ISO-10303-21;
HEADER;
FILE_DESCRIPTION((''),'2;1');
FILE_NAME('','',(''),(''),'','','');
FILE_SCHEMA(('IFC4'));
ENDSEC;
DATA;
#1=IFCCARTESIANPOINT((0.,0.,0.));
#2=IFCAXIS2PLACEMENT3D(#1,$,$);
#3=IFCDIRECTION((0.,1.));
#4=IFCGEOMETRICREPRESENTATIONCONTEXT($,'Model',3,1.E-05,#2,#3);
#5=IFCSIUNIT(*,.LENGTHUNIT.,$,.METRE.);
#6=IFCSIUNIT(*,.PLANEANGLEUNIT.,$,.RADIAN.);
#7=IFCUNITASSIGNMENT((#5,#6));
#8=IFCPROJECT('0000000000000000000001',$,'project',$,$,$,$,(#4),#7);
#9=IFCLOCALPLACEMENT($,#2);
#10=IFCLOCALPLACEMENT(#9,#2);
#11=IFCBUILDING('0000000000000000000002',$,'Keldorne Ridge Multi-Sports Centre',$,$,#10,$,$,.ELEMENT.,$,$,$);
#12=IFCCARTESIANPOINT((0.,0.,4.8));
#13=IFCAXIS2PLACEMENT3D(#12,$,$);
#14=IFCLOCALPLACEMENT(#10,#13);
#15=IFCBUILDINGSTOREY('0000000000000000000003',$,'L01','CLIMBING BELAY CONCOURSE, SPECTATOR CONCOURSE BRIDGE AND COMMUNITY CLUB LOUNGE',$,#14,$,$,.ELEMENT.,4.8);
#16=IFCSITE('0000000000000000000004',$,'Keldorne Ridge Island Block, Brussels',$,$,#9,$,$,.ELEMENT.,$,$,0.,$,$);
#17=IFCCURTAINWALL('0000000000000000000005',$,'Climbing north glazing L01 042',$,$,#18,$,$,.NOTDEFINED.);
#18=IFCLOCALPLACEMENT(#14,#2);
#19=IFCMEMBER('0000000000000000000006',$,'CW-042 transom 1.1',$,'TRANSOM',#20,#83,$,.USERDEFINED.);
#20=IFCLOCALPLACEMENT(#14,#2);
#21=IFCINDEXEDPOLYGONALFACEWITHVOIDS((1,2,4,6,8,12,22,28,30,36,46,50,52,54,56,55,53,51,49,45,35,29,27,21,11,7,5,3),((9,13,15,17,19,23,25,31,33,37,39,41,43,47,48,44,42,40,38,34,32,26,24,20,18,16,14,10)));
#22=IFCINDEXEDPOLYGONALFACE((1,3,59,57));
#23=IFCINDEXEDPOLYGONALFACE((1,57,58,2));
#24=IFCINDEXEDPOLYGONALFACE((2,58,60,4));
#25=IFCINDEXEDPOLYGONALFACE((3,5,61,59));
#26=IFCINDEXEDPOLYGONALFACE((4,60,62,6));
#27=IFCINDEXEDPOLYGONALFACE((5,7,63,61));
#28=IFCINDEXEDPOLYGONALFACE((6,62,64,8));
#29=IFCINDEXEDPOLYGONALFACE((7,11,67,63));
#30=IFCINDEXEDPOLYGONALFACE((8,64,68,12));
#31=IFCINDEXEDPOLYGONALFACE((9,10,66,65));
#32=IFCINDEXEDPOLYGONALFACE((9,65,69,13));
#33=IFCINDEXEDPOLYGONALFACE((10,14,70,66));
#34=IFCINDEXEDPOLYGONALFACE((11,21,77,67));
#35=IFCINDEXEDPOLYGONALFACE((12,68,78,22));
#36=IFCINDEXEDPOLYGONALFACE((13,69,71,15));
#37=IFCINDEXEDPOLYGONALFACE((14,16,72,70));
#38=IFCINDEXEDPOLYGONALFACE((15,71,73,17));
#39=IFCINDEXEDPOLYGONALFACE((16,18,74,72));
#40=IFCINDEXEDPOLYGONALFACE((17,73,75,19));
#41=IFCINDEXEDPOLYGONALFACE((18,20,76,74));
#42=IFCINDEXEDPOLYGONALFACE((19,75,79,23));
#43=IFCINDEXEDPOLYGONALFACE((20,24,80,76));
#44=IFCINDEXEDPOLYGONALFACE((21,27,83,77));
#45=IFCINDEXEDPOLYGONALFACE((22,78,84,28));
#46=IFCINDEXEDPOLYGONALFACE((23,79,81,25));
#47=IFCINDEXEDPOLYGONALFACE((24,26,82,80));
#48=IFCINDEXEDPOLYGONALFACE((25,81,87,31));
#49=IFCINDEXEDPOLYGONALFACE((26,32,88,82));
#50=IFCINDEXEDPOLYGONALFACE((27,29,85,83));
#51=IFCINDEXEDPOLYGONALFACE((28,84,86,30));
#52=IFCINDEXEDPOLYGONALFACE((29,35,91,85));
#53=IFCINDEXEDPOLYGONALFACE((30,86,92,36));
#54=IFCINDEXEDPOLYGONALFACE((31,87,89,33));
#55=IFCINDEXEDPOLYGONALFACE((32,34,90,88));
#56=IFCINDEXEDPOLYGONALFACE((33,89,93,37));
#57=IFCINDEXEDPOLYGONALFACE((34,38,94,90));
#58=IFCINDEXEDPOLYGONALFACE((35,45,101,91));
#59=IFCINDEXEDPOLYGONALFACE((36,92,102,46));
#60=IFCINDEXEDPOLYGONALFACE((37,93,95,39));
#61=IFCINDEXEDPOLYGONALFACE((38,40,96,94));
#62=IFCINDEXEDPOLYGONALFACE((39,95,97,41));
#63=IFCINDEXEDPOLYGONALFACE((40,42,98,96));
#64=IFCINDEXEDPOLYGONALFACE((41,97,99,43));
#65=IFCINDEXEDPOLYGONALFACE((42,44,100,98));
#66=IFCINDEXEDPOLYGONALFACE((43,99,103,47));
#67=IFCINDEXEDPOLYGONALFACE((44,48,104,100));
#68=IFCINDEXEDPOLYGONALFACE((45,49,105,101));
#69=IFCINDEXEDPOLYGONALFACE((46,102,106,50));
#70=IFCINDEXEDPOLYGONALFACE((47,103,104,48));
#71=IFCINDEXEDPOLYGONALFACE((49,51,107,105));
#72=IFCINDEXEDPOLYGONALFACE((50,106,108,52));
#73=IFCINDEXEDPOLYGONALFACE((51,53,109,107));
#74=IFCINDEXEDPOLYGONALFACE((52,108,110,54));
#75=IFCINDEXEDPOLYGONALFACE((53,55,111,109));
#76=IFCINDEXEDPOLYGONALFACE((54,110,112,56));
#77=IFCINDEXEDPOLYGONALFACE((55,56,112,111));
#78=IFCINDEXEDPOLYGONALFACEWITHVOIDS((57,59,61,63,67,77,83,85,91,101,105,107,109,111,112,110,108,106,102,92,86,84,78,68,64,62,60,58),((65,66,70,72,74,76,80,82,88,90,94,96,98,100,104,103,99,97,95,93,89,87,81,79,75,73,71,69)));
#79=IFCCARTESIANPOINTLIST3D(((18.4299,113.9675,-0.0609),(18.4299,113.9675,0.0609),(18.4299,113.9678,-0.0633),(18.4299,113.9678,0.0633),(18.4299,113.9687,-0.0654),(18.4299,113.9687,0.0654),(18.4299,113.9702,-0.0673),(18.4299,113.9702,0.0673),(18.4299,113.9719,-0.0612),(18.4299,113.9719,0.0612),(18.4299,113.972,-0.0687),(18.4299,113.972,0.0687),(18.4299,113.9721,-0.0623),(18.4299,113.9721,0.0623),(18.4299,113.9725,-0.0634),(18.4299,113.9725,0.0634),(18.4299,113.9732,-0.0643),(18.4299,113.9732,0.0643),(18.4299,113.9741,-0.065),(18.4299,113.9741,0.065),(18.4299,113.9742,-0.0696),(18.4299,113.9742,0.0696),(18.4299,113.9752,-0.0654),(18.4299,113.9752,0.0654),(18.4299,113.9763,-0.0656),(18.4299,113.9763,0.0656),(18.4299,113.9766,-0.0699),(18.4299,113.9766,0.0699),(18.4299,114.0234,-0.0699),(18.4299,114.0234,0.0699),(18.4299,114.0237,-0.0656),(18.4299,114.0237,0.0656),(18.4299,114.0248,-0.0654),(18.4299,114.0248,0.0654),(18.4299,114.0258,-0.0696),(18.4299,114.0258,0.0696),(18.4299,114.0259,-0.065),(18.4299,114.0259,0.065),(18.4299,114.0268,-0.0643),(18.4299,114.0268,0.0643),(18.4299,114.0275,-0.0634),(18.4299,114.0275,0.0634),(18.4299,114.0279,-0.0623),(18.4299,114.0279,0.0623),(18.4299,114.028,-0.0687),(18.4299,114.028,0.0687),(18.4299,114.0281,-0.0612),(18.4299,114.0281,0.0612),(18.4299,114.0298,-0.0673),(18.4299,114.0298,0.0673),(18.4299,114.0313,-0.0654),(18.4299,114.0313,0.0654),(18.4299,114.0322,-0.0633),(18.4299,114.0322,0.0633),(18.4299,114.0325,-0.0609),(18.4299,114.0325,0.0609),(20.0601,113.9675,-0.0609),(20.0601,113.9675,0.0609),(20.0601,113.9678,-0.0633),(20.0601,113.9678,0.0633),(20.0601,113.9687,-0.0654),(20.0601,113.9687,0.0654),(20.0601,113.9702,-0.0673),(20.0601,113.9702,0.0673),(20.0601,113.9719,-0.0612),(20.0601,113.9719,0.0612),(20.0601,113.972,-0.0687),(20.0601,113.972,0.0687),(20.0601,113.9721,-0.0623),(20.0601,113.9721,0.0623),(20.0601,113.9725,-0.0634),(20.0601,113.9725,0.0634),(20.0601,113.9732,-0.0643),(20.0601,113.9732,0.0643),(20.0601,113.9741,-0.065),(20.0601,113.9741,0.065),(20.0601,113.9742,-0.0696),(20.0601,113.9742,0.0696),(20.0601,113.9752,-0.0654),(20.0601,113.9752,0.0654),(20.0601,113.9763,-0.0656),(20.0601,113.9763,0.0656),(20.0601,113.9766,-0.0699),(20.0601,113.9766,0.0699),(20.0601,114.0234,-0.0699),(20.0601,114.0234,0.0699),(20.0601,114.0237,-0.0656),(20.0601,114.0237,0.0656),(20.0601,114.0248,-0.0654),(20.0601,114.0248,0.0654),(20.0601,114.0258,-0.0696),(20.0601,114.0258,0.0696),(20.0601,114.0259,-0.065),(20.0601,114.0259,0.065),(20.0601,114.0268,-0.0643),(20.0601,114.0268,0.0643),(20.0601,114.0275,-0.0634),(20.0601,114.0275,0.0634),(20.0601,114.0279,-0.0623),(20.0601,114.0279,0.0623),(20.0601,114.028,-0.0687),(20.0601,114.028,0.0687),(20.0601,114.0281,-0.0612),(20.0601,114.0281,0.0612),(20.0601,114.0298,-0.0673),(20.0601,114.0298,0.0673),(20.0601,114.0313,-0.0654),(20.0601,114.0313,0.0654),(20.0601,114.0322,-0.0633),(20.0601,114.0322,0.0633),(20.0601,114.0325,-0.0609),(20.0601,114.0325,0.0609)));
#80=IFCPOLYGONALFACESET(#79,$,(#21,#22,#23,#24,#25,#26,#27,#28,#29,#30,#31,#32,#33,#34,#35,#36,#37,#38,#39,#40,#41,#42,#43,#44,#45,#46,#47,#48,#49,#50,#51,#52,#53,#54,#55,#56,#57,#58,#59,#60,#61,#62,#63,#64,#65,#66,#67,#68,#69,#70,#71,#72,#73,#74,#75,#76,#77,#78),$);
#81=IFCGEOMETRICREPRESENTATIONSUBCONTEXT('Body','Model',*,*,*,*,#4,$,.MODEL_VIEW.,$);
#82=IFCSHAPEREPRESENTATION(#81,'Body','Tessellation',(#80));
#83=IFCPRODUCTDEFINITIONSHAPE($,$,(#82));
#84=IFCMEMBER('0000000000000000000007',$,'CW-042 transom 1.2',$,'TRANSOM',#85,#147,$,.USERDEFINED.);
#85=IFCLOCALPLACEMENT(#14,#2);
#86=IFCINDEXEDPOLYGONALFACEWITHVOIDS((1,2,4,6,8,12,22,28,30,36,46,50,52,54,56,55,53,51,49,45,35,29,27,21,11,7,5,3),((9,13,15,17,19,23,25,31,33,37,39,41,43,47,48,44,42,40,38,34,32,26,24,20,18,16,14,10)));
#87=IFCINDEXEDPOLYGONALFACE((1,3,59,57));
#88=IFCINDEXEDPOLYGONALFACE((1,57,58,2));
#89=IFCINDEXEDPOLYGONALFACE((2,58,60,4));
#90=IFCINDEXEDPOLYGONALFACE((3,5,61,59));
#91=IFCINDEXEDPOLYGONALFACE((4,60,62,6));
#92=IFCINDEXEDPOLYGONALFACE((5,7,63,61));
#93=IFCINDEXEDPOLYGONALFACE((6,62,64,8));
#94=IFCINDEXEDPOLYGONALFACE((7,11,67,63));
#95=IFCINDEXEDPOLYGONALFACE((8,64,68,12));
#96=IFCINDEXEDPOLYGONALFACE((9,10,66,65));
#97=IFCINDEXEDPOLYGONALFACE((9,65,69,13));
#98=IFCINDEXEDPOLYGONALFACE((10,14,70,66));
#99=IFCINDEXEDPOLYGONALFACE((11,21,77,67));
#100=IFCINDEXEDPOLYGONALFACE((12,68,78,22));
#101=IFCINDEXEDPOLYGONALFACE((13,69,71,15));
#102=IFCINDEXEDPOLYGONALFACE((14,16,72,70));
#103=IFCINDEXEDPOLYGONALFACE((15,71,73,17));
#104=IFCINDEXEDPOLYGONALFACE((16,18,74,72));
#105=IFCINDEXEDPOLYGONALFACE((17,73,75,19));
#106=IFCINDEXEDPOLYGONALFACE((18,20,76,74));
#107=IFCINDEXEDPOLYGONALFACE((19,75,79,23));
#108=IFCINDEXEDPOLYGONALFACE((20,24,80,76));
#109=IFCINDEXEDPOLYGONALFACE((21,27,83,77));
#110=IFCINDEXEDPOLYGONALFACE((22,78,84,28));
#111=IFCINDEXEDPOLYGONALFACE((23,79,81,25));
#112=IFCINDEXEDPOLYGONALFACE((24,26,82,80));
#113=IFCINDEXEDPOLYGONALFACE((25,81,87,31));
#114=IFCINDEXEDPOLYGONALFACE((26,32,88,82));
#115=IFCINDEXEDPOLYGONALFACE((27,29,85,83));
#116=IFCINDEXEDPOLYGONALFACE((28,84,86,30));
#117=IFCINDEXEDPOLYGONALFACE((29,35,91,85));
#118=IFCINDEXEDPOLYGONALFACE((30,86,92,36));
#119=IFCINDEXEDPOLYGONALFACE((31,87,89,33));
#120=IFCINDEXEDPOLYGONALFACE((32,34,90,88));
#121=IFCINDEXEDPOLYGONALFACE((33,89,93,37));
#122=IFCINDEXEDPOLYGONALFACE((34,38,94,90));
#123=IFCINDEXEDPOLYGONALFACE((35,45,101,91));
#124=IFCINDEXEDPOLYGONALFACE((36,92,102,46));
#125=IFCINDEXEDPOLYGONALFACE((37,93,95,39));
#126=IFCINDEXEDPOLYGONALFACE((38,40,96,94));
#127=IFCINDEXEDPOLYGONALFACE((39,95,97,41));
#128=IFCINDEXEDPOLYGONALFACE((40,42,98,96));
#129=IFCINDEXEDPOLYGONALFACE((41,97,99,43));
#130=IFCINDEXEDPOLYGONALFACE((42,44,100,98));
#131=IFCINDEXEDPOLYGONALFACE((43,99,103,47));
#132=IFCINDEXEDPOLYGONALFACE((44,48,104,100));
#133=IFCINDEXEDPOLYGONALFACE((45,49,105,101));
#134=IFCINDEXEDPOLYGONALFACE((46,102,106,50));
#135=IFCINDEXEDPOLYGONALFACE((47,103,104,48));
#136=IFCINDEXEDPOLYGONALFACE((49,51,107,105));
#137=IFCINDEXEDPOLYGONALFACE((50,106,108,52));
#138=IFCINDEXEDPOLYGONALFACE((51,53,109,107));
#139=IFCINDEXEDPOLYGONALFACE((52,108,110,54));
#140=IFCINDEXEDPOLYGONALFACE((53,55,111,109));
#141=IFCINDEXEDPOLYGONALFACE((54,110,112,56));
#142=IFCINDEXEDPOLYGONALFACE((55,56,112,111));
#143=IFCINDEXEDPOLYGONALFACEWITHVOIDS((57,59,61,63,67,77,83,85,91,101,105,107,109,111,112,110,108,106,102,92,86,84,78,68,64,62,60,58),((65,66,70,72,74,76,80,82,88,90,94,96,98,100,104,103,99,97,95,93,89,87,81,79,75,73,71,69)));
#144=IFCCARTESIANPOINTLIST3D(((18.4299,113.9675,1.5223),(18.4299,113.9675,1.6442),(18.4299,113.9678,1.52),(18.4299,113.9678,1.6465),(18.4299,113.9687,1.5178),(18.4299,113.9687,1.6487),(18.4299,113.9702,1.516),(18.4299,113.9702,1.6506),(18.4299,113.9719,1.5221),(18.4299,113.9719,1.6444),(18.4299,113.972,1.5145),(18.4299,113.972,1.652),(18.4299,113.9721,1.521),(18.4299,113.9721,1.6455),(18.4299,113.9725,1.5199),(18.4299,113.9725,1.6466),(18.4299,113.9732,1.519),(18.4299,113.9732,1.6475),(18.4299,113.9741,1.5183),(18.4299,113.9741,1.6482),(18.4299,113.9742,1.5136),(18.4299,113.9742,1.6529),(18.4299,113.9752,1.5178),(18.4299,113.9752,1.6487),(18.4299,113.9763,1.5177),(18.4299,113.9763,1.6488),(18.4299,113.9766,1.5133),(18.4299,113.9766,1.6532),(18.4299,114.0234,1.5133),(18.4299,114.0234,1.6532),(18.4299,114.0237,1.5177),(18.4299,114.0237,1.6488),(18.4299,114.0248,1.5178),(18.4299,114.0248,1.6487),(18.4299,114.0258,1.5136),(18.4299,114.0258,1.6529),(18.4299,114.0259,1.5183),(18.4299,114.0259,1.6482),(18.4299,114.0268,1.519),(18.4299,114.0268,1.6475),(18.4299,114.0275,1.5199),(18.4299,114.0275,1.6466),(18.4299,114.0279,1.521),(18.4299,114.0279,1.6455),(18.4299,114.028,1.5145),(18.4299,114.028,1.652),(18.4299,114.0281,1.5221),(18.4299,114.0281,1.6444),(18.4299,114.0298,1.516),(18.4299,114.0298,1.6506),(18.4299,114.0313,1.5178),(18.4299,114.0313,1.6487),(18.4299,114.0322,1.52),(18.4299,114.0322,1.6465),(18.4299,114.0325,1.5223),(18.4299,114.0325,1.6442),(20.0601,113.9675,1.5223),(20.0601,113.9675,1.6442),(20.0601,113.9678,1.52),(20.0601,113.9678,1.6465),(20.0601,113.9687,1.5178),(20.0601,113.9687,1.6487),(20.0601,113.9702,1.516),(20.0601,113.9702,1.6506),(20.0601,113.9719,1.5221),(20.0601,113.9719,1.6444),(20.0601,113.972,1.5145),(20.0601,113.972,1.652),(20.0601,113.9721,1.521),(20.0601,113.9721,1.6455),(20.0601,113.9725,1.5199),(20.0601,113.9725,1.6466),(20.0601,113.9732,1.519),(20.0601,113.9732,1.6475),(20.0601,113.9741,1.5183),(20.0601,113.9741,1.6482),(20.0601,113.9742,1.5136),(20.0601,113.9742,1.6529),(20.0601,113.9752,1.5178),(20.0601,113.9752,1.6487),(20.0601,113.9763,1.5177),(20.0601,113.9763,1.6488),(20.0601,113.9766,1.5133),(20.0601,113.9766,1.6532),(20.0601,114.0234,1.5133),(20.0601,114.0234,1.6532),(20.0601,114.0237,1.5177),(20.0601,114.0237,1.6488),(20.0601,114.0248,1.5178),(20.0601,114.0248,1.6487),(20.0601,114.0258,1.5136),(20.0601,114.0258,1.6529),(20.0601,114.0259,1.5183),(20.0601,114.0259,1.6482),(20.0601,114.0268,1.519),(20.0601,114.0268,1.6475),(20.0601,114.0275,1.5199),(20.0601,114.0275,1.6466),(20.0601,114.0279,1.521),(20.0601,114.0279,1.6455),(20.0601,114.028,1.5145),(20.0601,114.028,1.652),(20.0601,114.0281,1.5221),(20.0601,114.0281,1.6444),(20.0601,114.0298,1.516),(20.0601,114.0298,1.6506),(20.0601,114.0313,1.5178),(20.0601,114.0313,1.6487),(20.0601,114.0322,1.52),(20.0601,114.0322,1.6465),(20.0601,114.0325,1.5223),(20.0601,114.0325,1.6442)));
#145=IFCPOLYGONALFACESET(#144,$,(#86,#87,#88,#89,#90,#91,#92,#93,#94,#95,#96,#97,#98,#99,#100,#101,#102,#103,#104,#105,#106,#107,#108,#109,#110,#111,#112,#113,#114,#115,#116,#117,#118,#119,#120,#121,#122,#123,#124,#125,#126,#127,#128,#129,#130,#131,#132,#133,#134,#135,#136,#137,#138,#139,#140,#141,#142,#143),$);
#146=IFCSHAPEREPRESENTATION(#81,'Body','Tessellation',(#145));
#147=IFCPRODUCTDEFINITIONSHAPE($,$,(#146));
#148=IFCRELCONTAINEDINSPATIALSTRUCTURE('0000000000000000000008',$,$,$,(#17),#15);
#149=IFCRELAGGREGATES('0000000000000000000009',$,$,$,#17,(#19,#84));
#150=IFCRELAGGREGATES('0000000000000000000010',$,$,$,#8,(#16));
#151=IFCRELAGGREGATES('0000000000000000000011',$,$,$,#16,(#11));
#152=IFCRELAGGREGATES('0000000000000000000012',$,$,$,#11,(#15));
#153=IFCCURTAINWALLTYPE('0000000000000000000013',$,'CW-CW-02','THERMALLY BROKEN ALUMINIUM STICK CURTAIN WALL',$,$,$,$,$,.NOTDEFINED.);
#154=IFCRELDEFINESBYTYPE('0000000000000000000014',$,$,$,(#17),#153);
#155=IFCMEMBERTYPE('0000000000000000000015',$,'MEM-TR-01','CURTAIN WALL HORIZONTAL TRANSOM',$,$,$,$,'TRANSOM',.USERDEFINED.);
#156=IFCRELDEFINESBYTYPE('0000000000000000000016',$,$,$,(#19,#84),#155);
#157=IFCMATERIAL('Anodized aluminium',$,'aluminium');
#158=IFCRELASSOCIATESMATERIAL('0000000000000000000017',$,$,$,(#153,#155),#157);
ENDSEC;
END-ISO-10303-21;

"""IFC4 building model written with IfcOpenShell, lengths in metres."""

from ifc_helpers import new_model, si_unit, direction, frame, origin, origin_2d, place, context, subcontext, project, spatial, hollow_rectangle, extrude, material, material_profile, profile_set, type_object, element, aggregate, save


model = new_model("IFC4")

# Units and contexts
model_context = context("Model", 3, precision=1e-05, world=origin(), true_north=direction((0.0, 1.0)))
body_context = subcontext(model_context, "Body", "Model", "MODEL_VIEW")
ifc_project = project(units=[si_unit("LENGTHUNIT", "METRE"), si_unit("PLANEANGLEUNIT", "RADIAN")], contexts=[model_context])

# Site, building, storey
site_placement = place(None, origin())
site = spatial("IfcSite", under=ifc_project, at=site_placement, Name="Keldorne Ridge Island Block, Brussels", CompositionType="ELEMENT", RefElevation=0.0)
building_placement = place(site_placement, origin())
building = spatial("IfcBuilding", under=site, at=building_placement, Name="Keldorne Ridge Multi-Sports Centre", CompositionType="ELEMENT")
storey_placement = place(building_placement, frame((0.0, 0.0, 4.8)))
storey = spatial("IfcBuildingStorey", under=building, at=storey_placement, Name="L01", Description="CLIMBING BELAY CONCOURSE, SPECTATOR CONCOURSE BRIDGE AND COMMUNITY CLUB LOUNGE", CompositionType="ELEMENT", Elevation=4.8)

# Curtain wall
ifc_material_1 = material(Name="Anodized aluminium", Category="aluminium")
curtain_wall_type_1 = type_object("IfcCurtainWallType", Name="CW-CW-02", Description="THERMALLY BROKEN ALUMINIUM STICK CURTAIN WALL", PredefinedType="NOTDEFINED", material=ifc_material_1)
curtain_wall_1_placement = place(storey_placement, origin())
curtain_wall_1 = element("IfcCurtainWall", 1, at=curtain_wall_1_placement, inside=storey, type_object=curtain_wall_type_1, Name="Climbing north glazing L01 042", PredefinedType="NOTDEFINED")

# Members
ifc_material_profile_1 = material_profile(ifc_material_1, hollow_rectangle(XDim=0.0649, YDim=0.1399, WallThickness=0.0044, InnerFilletRadius=0.0044, OuterFilletRadius=0.009, at=origin_2d()), Name="ALU TRANSOM 140x65x4.5")
ifc_profile_set_1 = profile_set([ifc_material_profile_1], Name="Anodized aluminium")
member_type_1 = type_object("IfcMemberType", Name="MEM-TR-01", Description="CURTAIN WALL HORIZONTAL TRANSOM", ElementType="TRANSOM", PredefinedType="USERDEFINED", material=ifc_profile_set_1)
member_1_placement = place(storey_placement, frame((20.0601, 114.0, 0.0), z_axis=(-1.0, 0.0, 0.0), x_axis=(0.0, -1.0, 0.0)))
member_1 = element("IfcMember", 2, at=member_1_placement, type_object=member_type_1, Name="CW-042 transom 1.1", ObjectType="TRANSOM", PredefinedType="USERDEFINED", context=body_context, shape_type="SweptSolid", body=[
    extrude(hollow_rectangle(XDim=0.0649, YDim=0.1399, WallThickness=0.0044, InnerFilletRadius=0.0044, OuterFilletRadius=0.009, at=origin_2d()), origin(), (0.0, 0.0, 1.0), 1.6301),
])
member_2_placement = place(storey_placement, frame((20.0601, 114.0, 1.5833), z_axis=(-1.0, 0.0, 0.0), x_axis=(0.0, -1.0, 0.0)))
member_2 = element("IfcMember", 3, at=member_2_placement, type_object=member_type_1, Name="CW-042 transom 1.2", ObjectType="TRANSOM", PredefinedType="USERDEFINED", context=body_context, shape_type="SweptSolid", body=[
    extrude(hollow_rectangle(XDim=0.0649, YDim=0.1399, WallThickness=0.0044, InnerFilletRadius=0.0044, OuterFilletRadius=0.009, at=origin_2d()), origin(), (0.0, 0.0, 1.0), 1.6301),
])

aggregate(curtain_wall_1, [member_1, member_2])

save(model, "model.ifc")
